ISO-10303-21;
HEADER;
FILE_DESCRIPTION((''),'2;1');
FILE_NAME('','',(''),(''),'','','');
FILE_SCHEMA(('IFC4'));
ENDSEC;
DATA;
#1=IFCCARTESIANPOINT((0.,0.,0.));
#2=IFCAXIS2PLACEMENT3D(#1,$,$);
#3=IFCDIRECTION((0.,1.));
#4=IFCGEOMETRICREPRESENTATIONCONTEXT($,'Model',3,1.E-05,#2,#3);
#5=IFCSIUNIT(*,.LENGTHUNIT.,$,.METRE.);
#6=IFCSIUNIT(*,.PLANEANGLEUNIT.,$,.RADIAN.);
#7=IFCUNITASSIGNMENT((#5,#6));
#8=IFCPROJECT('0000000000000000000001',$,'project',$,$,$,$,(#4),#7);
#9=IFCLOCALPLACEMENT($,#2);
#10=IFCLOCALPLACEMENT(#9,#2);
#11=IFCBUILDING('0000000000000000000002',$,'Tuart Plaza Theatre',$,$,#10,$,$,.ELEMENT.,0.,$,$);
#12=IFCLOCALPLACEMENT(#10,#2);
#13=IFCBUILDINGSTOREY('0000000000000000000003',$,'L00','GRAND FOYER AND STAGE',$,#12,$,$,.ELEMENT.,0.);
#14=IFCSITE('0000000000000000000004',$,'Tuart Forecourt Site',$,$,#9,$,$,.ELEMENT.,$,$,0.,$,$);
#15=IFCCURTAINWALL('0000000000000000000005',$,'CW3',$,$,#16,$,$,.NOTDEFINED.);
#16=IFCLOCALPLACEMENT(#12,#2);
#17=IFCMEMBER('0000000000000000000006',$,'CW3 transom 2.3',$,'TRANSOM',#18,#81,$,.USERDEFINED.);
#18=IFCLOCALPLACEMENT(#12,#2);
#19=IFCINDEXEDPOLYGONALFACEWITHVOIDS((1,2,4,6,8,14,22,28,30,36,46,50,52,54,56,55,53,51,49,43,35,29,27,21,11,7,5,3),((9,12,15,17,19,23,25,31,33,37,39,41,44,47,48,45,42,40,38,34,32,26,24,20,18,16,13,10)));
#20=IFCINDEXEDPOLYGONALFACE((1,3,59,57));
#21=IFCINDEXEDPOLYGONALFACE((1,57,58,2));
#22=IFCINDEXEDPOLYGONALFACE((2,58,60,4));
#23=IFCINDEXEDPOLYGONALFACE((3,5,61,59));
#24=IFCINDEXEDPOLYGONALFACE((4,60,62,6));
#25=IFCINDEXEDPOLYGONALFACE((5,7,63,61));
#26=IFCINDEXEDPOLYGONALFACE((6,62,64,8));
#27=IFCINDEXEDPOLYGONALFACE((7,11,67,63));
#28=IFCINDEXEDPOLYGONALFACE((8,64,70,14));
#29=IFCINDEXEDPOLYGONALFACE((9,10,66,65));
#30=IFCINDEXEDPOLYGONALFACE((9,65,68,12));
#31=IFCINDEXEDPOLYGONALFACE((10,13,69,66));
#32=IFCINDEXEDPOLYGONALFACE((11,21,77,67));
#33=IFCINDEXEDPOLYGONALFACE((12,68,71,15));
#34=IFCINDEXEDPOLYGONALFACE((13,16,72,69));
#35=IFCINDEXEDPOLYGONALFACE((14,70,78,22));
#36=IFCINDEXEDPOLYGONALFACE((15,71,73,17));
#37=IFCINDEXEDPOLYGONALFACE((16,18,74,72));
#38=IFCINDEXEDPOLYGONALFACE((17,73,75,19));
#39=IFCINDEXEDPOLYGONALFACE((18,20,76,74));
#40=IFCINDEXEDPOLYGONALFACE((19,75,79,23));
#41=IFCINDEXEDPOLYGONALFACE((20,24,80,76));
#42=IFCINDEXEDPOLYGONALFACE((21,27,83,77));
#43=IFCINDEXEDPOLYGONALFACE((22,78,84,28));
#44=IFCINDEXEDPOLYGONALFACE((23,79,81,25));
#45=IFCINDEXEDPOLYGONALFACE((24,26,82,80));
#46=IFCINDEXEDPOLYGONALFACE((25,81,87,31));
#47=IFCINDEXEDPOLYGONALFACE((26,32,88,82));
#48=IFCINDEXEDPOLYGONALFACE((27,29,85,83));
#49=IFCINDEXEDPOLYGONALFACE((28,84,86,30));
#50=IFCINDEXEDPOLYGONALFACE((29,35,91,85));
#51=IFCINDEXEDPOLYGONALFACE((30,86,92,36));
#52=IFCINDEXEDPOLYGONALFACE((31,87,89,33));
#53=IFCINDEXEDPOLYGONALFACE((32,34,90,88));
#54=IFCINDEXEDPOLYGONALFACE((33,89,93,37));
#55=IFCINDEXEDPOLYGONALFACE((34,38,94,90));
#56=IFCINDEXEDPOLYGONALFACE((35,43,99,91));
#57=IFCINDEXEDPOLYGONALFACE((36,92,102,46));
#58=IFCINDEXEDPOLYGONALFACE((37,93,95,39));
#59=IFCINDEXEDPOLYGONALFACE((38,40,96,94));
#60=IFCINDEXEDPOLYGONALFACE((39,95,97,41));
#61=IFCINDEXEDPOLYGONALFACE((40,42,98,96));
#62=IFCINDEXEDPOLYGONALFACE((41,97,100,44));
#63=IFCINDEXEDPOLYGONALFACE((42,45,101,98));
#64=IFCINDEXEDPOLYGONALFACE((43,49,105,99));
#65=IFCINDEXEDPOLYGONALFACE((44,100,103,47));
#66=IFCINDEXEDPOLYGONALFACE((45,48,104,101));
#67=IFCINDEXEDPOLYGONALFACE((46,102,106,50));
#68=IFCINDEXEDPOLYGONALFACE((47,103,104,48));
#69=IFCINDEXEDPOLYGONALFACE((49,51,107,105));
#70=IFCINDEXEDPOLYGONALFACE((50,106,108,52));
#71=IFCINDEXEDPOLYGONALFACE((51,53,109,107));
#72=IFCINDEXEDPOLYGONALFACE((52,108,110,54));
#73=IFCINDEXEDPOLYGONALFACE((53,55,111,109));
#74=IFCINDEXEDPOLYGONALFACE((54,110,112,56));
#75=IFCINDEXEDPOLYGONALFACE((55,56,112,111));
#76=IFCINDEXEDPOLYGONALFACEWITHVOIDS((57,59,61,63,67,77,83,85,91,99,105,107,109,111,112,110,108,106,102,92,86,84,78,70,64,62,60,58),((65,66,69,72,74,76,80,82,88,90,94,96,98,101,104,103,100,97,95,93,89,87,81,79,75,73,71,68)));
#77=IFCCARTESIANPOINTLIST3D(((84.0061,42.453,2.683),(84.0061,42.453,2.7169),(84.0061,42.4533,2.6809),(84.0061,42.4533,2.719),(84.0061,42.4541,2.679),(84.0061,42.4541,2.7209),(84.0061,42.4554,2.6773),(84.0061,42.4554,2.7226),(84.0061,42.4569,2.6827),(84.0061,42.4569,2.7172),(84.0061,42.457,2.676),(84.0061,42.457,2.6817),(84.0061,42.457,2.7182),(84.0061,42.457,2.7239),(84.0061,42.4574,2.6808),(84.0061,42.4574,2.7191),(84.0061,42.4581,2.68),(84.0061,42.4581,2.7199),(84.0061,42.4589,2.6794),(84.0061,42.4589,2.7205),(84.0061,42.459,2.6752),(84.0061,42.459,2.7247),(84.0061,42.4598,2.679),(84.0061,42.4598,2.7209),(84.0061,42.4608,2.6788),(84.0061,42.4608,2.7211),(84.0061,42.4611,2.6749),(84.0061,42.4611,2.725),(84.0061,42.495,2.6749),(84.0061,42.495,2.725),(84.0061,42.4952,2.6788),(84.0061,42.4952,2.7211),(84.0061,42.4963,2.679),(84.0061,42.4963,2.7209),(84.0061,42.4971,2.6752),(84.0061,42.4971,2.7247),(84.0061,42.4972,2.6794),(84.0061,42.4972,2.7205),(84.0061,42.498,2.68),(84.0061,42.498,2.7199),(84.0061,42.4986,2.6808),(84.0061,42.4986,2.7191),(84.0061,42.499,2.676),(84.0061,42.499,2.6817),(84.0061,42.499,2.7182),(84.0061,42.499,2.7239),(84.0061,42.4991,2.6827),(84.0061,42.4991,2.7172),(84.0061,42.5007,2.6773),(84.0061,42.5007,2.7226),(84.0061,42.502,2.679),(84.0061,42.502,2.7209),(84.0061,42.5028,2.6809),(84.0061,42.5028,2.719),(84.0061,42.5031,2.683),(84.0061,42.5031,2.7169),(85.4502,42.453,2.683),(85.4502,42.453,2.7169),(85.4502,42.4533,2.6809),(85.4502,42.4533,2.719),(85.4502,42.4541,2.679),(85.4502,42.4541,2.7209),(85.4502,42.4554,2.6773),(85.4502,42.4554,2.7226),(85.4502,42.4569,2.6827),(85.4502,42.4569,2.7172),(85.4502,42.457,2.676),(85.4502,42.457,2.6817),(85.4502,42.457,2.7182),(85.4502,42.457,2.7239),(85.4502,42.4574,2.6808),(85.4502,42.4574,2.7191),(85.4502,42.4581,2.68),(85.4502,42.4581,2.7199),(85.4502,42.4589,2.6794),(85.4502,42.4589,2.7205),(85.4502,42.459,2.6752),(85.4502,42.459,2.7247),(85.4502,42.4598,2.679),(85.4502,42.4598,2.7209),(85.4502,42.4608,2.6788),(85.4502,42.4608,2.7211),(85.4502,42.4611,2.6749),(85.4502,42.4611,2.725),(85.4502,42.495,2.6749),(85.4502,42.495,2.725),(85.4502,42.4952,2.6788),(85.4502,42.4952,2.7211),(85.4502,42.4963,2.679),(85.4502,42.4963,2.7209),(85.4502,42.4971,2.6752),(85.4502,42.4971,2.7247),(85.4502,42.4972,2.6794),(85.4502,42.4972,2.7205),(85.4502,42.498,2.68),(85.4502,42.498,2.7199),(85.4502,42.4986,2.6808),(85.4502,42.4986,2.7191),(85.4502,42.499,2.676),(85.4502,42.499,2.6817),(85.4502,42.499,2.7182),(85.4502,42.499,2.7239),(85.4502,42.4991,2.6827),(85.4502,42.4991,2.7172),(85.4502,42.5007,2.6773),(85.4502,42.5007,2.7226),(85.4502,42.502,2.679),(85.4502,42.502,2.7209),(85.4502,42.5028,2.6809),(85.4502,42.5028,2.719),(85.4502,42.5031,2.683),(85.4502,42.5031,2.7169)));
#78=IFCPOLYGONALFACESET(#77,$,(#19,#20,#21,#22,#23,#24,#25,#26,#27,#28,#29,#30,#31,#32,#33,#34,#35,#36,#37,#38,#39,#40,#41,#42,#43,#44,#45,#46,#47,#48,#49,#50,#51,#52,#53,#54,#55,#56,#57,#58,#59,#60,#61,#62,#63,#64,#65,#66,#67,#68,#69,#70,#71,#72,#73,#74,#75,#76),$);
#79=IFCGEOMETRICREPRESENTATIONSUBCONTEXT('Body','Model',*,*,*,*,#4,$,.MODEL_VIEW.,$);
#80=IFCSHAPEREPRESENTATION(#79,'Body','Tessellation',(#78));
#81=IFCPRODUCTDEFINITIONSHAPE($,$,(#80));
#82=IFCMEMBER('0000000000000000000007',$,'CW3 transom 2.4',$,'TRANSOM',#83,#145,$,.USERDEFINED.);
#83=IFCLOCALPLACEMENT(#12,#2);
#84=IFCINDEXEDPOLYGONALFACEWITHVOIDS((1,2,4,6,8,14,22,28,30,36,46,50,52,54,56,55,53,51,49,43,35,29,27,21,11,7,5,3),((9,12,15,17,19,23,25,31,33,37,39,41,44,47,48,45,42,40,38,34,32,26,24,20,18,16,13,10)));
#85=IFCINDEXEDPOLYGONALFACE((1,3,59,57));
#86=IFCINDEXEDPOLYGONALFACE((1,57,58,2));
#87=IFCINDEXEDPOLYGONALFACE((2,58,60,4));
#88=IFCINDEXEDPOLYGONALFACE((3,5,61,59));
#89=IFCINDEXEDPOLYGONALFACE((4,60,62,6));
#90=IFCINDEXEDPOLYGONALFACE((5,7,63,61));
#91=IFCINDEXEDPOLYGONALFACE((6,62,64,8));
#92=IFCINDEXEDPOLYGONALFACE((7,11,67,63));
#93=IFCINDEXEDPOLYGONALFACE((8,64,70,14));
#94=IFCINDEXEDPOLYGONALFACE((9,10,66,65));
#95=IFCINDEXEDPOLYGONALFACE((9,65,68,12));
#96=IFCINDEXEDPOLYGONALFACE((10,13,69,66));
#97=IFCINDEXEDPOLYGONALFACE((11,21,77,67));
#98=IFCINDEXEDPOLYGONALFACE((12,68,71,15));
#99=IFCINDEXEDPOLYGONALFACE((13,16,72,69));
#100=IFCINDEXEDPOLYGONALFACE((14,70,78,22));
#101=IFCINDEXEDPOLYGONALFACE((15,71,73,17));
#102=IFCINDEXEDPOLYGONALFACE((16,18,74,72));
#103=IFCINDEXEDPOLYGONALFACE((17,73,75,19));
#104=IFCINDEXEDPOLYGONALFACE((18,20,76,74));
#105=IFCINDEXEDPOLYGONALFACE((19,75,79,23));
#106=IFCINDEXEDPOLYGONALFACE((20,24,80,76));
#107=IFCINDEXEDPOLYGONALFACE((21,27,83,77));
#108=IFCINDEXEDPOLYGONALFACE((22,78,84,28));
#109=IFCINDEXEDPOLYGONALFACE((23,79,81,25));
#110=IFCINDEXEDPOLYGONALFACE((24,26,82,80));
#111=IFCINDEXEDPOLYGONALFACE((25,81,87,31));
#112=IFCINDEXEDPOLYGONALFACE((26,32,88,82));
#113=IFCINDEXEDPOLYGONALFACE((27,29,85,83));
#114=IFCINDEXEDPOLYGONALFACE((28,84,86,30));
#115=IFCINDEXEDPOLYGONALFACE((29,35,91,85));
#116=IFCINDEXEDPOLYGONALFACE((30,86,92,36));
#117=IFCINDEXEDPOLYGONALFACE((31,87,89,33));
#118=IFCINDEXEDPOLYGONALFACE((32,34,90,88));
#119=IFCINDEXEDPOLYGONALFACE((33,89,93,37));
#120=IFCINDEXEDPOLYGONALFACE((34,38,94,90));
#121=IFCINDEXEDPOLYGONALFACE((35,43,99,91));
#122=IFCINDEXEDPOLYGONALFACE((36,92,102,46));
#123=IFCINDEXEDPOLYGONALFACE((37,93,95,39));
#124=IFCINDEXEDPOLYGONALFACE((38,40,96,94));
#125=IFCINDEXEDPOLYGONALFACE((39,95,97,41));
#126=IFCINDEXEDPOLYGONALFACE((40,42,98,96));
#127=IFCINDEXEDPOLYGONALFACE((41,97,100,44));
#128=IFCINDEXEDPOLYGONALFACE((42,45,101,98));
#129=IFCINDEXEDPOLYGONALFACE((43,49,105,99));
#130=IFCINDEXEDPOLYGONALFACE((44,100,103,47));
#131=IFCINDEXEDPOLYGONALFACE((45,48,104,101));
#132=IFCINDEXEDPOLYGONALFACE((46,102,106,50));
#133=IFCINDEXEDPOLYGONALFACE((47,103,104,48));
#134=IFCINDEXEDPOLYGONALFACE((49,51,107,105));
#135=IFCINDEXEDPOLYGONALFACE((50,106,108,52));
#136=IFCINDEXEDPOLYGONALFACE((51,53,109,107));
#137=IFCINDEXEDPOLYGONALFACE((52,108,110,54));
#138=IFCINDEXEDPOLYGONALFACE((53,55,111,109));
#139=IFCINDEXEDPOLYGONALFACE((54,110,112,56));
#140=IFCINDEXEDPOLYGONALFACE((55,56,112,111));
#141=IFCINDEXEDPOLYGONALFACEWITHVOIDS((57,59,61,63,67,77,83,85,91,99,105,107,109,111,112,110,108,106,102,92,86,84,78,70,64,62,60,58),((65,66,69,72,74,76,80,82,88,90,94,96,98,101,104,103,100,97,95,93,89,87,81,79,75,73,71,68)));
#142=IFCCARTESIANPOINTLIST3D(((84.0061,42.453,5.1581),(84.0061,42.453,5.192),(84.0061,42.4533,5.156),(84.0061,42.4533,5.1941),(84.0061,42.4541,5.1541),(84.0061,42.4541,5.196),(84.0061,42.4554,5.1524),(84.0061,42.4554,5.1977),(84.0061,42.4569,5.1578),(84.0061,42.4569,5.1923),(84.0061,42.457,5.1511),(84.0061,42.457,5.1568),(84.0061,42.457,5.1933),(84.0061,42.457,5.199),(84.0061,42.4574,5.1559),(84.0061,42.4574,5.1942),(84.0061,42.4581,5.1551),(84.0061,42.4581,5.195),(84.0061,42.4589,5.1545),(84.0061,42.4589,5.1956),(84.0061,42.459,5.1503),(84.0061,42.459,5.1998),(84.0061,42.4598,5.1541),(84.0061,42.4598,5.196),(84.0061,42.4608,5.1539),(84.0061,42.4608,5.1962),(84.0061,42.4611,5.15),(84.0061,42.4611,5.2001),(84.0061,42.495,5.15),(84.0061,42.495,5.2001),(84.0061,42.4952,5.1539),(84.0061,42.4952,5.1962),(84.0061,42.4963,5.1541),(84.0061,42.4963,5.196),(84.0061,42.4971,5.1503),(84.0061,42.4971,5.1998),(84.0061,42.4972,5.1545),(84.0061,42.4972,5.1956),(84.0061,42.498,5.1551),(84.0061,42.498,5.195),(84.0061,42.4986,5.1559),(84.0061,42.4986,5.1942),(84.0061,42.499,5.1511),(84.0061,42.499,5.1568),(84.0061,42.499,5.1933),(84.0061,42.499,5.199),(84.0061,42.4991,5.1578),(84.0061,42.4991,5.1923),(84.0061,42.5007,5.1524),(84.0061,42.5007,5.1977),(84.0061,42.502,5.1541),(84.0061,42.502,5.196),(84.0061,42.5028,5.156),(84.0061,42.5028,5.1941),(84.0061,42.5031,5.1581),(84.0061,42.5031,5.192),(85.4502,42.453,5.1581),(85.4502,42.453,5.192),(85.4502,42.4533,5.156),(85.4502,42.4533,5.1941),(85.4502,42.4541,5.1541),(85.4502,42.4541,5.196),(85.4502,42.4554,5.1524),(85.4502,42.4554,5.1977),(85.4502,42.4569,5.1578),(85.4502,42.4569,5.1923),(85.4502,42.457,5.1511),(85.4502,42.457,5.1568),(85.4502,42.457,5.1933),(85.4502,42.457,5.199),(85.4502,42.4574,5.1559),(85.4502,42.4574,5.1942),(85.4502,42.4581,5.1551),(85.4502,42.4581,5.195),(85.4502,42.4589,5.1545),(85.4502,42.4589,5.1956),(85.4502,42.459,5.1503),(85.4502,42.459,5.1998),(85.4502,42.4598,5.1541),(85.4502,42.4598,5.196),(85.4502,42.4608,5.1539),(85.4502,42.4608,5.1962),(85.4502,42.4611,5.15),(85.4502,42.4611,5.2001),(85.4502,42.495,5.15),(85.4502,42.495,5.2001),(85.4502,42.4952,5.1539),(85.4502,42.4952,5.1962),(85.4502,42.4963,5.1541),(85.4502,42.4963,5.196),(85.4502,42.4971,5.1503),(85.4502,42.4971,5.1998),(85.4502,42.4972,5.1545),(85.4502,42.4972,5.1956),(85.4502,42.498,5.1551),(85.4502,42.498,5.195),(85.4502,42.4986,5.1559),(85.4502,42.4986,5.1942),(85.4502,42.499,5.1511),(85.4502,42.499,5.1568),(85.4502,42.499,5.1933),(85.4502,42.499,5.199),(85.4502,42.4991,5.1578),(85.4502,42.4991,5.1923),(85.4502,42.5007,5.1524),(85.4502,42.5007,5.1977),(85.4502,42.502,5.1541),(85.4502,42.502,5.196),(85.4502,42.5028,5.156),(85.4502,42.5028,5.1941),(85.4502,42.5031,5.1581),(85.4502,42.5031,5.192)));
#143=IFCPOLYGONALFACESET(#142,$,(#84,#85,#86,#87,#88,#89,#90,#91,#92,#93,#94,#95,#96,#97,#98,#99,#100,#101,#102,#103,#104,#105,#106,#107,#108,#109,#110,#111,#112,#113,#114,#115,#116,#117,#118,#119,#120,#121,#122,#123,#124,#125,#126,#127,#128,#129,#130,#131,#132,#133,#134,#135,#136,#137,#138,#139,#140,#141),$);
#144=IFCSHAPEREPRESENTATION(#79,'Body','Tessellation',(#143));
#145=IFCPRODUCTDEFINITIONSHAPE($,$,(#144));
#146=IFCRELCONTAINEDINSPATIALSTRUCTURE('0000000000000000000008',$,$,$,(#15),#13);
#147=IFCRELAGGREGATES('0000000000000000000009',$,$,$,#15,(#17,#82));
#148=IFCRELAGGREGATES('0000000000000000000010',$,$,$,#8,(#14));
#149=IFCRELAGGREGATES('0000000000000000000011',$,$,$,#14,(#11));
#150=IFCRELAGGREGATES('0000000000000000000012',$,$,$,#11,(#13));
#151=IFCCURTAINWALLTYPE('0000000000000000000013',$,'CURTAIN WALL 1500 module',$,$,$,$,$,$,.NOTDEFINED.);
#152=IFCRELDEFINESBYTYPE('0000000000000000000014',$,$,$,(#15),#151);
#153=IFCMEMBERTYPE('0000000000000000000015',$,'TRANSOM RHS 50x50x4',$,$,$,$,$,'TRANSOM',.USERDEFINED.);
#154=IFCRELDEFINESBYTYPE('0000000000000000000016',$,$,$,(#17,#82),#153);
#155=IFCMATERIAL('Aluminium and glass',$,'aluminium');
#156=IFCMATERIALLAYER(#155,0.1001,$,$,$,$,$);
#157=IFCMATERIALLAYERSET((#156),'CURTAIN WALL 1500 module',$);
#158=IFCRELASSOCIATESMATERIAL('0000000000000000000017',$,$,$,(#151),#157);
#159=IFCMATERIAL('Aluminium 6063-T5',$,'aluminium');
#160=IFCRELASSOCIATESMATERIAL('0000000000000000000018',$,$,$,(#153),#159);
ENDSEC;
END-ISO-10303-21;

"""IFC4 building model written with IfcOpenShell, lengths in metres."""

from ifc_helpers import new_model, si_unit, direction, frame, origin, origin_2d, place, context, subcontext, project, spatial, hollow_rectangle, extrude, material, layer, layer_set, material_profile, profile_set, type_object, element, aggregate, save


model = new_model("IFC4")

# Units and contexts
model_context = context("Model", 3, precision=1e-05, world=origin(), true_north=direction((0.0, 1.0)))
body_context = subcontext(model_context, "Body", "Model", "MODEL_VIEW")
ifc_project = project(units=[si_unit("LENGTHUNIT", "METRE"), si_unit("PLANEANGLEUNIT", "RADIAN")], contexts=[model_context])

# Site, building, storey
site_placement = place(None, origin())
site = spatial("IfcSite", under=ifc_project, at=site_placement, Name="Tuart Forecourt Site", CompositionType="ELEMENT", RefElevation=0.0)
building_placement = place(site_placement, origin())
building = spatial("IfcBuilding", under=site, at=building_placement, Name="Tuart Plaza Theatre", CompositionType="ELEMENT", ElevationOfRefHeight=0.0)
storey_placement = place(building_placement, origin())
storey = spatial("IfcBuildingStorey", under=building, at=storey_placement, Name="L00", Description="GRAND FOYER AND STAGE", CompositionType="ELEMENT", Elevation=0.0)

# Curtain wall, members
ifc_material_1 = material(Name="Aluminium and glass", Category="aluminium")
ifc_layer_1 = layer(ifc_material_1, 0.1001)
ifc_layer_set_1 = layer_set([ifc_layer_1], Name="CURTAIN WALL 1500 module")
curtain_wall_type = type_object("IfcCurtainWallType", Name="CURTAIN WALL 1500 module", PredefinedType="NOTDEFINED", material=ifc_layer_set_1)
curtain_wall_placement = place(storey_placement, origin())
curtain_wall = element("IfcCurtainWall", 1, at=curtain_wall_placement, inside=storey, type_object=curtain_wall_type, Name="CW3", PredefinedType="NOTDEFINED")
ifc_material_2 = material(Name="Aluminium 6063-T5", Category="aluminium")
ifc_material_profile_1 = material_profile(ifc_material_2, hollow_rectangle(XDim=0.05, YDim=0.05, WallThickness=0.0039, InnerFilletRadius=0.0039, OuterFilletRadius=0.0081, at=origin_2d()), Name="RHS 50x50x4")
ifc_profile_set_1 = profile_set([ifc_material_profile_1], Name="Aluminium 6063-T5")
member_type_1 = type_object("IfcMemberType", Name="TRANSOM RHS 50x50x4", ElementType="TRANSOM", PredefinedType="USERDEFINED", material=ifc_profile_set_1)
member_1_placement = place(storey_placement, frame((84.0061, 42.478, 2.7), z_axis=(1.0, 0.0, 0.0), x_axis=(0.0, 1.0, 0.0)))
member_1 = element("IfcMember", 2, at=member_1_placement, type_object=member_type_1, Name="CW3 transom 2.3", ObjectType="TRANSOM", PredefinedType="USERDEFINED", context=body_context, shape_type="SweptSolid", body=[
    extrude(hollow_rectangle(XDim=0.05, YDim=0.05, WallThickness=0.0039, InnerFilletRadius=0.0039, OuterFilletRadius=0.0081, at=origin_2d()), origin(), (0.0, 0.0, 1.0), 1.4441),
])
member_2_placement = place(storey_placement, frame((84.0061, 42.478, 5.175), z_axis=(1.0, 0.0, 0.0), x_axis=(0.0, 1.0, 0.0)))
member_2 = element("IfcMember", 3, at=member_2_placement, type_object=member_type_1, Name="CW3 transom 2.4", ObjectType="TRANSOM", PredefinedType="USERDEFINED", context=body_context, shape_type="SweptSolid", body=[
    extrude(hollow_rectangle(XDim=0.05, YDim=0.05, WallThickness=0.0039, InnerFilletRadius=0.0039, OuterFilletRadius=0.0081, at=origin_2d()), origin(), (0.0, 0.0, 1.0), 1.4441),
])
aggregate(curtain_wall, [member_1, member_2])

save(model, "model.ifc")
